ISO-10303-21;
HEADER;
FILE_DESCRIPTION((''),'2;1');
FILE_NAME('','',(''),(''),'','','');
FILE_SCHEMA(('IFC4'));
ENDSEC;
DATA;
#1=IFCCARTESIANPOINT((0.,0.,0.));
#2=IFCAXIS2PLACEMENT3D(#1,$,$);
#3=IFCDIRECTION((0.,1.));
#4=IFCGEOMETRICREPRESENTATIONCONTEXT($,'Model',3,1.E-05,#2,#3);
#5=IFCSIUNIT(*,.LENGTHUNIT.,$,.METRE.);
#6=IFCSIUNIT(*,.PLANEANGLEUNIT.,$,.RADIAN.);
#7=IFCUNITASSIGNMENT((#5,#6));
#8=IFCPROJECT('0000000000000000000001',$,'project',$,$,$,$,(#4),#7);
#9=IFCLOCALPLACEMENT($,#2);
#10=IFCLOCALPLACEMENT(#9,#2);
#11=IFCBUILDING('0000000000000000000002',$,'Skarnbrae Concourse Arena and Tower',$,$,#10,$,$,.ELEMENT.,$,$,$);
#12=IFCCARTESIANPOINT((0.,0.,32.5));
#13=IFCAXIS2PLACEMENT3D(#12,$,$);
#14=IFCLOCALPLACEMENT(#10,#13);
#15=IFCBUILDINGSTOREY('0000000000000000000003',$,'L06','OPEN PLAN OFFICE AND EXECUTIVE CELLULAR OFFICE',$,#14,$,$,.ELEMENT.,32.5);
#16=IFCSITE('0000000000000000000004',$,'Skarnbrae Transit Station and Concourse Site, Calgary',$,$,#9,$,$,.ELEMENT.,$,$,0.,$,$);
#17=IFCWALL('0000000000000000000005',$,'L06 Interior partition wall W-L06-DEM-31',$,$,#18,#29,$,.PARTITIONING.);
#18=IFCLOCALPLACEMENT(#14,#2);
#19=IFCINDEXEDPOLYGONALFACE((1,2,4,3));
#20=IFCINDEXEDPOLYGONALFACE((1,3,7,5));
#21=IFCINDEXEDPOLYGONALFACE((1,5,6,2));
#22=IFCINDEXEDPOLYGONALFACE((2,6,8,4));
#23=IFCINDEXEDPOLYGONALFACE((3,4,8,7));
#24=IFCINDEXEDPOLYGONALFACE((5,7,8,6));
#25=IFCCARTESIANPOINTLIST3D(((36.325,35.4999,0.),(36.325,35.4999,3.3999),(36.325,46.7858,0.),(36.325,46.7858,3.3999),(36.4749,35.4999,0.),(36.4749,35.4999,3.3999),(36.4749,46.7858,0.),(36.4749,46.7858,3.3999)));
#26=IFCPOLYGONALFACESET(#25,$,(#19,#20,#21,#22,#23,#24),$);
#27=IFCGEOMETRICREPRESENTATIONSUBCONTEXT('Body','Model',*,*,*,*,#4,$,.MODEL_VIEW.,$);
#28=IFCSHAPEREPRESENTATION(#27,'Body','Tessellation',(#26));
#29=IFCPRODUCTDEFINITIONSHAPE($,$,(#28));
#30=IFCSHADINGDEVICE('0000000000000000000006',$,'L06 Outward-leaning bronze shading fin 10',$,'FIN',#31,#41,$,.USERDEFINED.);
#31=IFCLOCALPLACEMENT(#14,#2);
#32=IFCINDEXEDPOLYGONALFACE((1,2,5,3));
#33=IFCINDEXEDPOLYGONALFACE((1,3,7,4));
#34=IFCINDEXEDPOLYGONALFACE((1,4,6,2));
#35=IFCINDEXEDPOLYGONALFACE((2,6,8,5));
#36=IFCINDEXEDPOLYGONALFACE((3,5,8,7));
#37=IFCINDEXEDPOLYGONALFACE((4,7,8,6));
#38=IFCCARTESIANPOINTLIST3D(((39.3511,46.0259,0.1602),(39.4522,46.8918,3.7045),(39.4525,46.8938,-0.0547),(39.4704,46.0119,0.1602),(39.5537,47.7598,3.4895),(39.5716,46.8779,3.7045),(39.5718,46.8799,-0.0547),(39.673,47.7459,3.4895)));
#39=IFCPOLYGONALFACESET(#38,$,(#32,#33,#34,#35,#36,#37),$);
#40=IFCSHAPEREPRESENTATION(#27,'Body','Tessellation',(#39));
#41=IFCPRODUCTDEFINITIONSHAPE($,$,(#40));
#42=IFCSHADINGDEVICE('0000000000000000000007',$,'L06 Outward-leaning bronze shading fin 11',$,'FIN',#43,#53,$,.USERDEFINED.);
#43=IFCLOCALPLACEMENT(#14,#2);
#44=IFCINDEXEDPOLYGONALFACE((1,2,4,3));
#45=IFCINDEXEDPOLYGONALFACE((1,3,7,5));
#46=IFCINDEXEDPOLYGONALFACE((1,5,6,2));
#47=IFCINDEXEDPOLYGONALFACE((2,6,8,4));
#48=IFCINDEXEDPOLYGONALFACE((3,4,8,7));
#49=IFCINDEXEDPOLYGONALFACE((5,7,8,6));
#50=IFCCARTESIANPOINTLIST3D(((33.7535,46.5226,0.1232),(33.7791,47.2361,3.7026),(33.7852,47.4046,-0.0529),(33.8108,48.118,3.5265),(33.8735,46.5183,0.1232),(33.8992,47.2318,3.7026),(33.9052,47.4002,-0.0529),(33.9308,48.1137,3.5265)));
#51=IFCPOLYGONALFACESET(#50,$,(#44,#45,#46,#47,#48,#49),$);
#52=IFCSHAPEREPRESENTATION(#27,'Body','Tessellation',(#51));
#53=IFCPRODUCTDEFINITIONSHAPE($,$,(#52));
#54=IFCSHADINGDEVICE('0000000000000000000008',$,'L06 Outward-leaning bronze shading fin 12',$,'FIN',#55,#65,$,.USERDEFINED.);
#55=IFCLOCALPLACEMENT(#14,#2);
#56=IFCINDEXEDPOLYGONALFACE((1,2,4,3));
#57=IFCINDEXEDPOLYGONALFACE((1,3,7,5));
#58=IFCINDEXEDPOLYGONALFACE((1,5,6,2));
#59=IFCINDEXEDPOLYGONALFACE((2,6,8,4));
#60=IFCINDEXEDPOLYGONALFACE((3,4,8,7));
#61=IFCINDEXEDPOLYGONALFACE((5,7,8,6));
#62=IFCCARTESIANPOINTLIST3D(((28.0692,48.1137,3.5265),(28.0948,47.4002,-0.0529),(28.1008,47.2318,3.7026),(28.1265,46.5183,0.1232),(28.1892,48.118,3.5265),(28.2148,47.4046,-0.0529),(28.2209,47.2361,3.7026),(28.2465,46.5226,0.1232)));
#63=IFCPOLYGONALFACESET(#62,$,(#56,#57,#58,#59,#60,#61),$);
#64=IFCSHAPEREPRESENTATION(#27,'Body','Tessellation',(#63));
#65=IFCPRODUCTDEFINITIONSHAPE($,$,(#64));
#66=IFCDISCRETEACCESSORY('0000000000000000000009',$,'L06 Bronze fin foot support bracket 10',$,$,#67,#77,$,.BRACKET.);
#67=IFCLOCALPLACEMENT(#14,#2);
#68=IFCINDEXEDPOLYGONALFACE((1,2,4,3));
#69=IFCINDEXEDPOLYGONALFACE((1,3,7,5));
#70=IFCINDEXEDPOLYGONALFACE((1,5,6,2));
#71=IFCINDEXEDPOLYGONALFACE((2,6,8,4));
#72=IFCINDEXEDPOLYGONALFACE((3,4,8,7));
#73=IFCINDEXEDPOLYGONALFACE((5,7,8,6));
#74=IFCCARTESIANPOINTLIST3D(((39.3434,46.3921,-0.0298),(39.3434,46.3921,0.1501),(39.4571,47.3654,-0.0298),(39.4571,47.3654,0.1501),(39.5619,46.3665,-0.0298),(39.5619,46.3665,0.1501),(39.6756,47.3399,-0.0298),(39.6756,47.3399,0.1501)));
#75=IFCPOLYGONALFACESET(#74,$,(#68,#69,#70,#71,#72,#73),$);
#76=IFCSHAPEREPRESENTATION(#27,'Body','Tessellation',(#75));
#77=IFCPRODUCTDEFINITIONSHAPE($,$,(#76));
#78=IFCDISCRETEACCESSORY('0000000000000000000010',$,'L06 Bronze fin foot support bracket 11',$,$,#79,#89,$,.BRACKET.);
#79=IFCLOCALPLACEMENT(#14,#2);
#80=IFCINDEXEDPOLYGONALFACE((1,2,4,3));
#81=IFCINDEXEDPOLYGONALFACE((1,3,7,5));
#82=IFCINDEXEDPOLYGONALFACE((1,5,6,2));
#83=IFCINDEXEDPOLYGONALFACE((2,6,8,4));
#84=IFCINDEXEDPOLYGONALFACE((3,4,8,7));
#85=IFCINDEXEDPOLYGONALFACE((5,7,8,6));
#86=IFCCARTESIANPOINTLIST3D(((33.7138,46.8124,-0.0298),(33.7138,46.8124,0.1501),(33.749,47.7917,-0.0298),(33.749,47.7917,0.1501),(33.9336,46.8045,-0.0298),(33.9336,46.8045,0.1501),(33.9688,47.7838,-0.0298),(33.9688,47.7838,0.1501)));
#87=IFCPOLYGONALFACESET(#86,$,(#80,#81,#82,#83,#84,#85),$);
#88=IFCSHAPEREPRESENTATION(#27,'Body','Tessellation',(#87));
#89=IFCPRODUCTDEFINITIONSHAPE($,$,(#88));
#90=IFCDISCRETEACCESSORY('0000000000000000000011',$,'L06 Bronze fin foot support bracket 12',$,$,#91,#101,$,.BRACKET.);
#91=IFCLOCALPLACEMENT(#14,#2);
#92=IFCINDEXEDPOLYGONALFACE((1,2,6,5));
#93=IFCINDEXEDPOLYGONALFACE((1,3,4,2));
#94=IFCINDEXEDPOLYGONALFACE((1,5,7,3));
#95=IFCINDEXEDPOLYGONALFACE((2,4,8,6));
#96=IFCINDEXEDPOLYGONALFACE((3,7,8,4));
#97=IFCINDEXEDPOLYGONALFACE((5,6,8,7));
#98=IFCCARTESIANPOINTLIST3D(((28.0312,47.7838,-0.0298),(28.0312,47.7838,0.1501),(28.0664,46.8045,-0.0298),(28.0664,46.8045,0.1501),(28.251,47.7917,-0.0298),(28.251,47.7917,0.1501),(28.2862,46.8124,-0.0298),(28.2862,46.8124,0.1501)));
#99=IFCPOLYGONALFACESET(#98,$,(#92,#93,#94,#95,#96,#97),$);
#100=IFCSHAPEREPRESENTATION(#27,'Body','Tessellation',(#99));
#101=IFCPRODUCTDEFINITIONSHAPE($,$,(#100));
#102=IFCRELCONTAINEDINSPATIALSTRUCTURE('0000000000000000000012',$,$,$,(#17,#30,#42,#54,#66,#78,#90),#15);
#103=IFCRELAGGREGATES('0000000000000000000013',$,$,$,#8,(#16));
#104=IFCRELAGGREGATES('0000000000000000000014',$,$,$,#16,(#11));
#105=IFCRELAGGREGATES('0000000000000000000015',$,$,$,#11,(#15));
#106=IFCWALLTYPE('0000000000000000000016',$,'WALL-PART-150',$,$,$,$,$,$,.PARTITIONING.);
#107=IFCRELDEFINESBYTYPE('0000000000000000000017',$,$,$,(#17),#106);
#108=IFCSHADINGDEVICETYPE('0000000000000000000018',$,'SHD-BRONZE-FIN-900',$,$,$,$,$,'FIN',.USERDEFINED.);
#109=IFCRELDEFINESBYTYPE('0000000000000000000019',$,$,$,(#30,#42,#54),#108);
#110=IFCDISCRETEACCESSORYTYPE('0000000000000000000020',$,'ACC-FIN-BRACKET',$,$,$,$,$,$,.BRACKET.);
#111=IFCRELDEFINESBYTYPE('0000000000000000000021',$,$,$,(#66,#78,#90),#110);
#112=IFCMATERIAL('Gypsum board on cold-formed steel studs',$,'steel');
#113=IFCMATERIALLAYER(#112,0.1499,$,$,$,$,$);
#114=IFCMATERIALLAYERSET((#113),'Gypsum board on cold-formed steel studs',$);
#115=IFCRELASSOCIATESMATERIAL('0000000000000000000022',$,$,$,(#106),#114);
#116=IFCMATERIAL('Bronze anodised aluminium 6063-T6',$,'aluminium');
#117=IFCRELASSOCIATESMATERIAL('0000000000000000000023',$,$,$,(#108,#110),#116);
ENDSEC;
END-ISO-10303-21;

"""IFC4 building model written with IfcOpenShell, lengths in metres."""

from ifc_helpers import new_model, si_unit, direction, frame, frame_2d, origin, origin_2d, place, context, subcontext, project, spatial, rectangle, extrude, source, transform, mapped, material, layer, layer_set, type_object, element, save


model = new_model("IFC4")

# Units and contexts
model_context = context("Model", 3, precision=1e-05, world=origin(), true_north=direction((0.0, 1.0)))
body_context = subcontext(model_context, "Body", "Model", "MODEL_VIEW")
ifc_project = project(units=[si_unit("LENGTHUNIT", "METRE"), si_unit("PLANEANGLEUNIT", "RADIAN")], contexts=[model_context])

# Site, building, storey
site_placement = place(None, origin())
site = spatial("IfcSite", under=ifc_project, at=site_placement, Name="Skarnbrae Transit Station and Concourse Site, Calgary", CompositionType="ELEMENT", RefElevation=0.0)
building_placement = place(site_placement, origin())
building = spatial("IfcBuilding", under=site, at=building_placement, Name="Skarnbrae Concourse Arena and Tower", CompositionType="ELEMENT")
storey_placement = place(building_placement, frame((0.0, 0.0, 32.5)))
storey = spatial("IfcBuildingStorey", under=building, at=storey_placement, Name="L06", Description="OPEN PLAN OFFICE AND EXECUTIVE CELLULAR OFFICE", CompositionType="ELEMENT", Elevation=32.5)

# Shared definitions
ifc_material_1 = material(Name="Bronze anodised aluminium 6063-T6", Category="aluminium")

# Wall
ifc_material_2 = material(Name="Gypsum board on cold-formed steel studs", Category="steel")
ifc_layer_1 = layer(ifc_material_2, 0.1499)
ifc_layer_set_1 = layer_set([ifc_layer_1], Name="Gypsum board on cold-formed steel studs")
wall_type = type_object("IfcWallType", Name="WALL-PART-150", PredefinedType="PARTITIONING", material=ifc_layer_set_1)
shared_shape_1 = source(origin(), body_context, "Body", "SweptSolid", [
    extrude(rectangle(XDim=11.2859, YDim=0.1499, at=frame_2d((5.6431, 0.0))), origin(), (0.0, 0.0, 1.0), 3.3999),
])
wall_placement = place(storey_placement, frame((36.3999, 46.7859, 0.0), z_axis=(0.0, 0.0, 1.0), x_axis=(0.0, -1.0, 0.0)))
element("IfcWall", 1, at=wall_placement, inside=storey, type_object=wall_type, Name="L06 Interior partition wall W-L06-DEM-31", PredefinedType="PARTITIONING", context=body_context, shape_type="MappedRepresentation", body=[
    mapped(shared_shape_1, transform((0.0, 0.0, 0.0))),
])

# Shading devices
shading_device_type = type_object("IfcShadingDeviceType", Name="SHD-BRONZE-FIN-900", ElementType="FIN", PredefinedType="USERDEFINED", material=ifc_material_1)
shared_shape_2 = source(origin(), body_context, "Body", "SweptSolid", [
    extrude(rectangle(XDim=0.1201, YDim=0.8999, at=origin_2d()), origin(), (0.0, 0.0, 1.0), 3.6499),
])
for number, where, z_axis, x_axis, name in (
    (2, (39.4614, 46.4529, 0.0527), (0.02772, 0.237259, 0.971051), (0.993244, -0.116047, 0.0), "L06 Outward-leaning bronze shading fin 10"),
    (3, (33.8293, 46.9614, 0.0352), (0.007021, 0.195478, 0.980683), (0.999356, -0.035894, 0.0), "L06 Outward-leaning bronze shading fin 11"),
    (4, (28.1707, 46.9614, 0.0352), (-0.007021, 0.195478, 0.980683), (0.999356, 0.035894, 0.0), "L06 Outward-leaning bronze shading fin 12"),
):
    element("IfcShadingDevice", number, at=place(storey_placement, frame(where, z_axis=z_axis, x_axis=x_axis)), inside=storey, type_object=shading_device_type, Name=name, ObjectType="FIN", PredefinedType="USERDEFINED", context=body_context, shape_type="MappedRepresentation", body=[
        mapped(shared_shape_2, transform((0.0, 0.0, 0.0))),
    ])

# Discrete accessories
discrete_accessory_type = type_object("IfcDiscreteAccessoryType", Name="ACC-FIN-BRACKET", PredefinedType="BRACKET", material=ifc_material_1)
shared_shape_3 = source(origin(), body_context, "Body", "SweptSolid", [
    extrude(rectangle(XDim=0.22, YDim=0.98, at=origin_2d()), origin(), (0.0, 0.0, 1.0), 0.1799),
])
for number, where, z_axis, x_axis, name in (
    (5, (39.5095, 46.866, -0.0298), (0.0, 0.0, 1.0), (0.993244, -0.116047, 0.0), "L06 Bronze fin foot support bracket 10"),
    (6, (33.8413, 47.2981, -0.0298), (0.0, 0.0, 1.0), (0.999356, -0.035894, 0.0), "L06 Bronze fin foot support bracket 11"),
    (7, (28.1587, 47.2981, -0.0298), (0.0, 0.0, 1.0), (0.999356, 0.035894, 0.0), "L06 Bronze fin foot support bracket 12"),
):
    element("IfcDiscreteAccessory", number, at=place(storey_placement, frame(where, z_axis=z_axis, x_axis=x_axis)), inside=storey, type_object=discrete_accessory_type, Name=name, PredefinedType="BRACKET", context=body_context, shape_type="MappedRepresentation", body=[
        mapped(shared_shape_3, transform((0.0, 0.0, 0.0))),
    ])

save(model, "model.ifc")
